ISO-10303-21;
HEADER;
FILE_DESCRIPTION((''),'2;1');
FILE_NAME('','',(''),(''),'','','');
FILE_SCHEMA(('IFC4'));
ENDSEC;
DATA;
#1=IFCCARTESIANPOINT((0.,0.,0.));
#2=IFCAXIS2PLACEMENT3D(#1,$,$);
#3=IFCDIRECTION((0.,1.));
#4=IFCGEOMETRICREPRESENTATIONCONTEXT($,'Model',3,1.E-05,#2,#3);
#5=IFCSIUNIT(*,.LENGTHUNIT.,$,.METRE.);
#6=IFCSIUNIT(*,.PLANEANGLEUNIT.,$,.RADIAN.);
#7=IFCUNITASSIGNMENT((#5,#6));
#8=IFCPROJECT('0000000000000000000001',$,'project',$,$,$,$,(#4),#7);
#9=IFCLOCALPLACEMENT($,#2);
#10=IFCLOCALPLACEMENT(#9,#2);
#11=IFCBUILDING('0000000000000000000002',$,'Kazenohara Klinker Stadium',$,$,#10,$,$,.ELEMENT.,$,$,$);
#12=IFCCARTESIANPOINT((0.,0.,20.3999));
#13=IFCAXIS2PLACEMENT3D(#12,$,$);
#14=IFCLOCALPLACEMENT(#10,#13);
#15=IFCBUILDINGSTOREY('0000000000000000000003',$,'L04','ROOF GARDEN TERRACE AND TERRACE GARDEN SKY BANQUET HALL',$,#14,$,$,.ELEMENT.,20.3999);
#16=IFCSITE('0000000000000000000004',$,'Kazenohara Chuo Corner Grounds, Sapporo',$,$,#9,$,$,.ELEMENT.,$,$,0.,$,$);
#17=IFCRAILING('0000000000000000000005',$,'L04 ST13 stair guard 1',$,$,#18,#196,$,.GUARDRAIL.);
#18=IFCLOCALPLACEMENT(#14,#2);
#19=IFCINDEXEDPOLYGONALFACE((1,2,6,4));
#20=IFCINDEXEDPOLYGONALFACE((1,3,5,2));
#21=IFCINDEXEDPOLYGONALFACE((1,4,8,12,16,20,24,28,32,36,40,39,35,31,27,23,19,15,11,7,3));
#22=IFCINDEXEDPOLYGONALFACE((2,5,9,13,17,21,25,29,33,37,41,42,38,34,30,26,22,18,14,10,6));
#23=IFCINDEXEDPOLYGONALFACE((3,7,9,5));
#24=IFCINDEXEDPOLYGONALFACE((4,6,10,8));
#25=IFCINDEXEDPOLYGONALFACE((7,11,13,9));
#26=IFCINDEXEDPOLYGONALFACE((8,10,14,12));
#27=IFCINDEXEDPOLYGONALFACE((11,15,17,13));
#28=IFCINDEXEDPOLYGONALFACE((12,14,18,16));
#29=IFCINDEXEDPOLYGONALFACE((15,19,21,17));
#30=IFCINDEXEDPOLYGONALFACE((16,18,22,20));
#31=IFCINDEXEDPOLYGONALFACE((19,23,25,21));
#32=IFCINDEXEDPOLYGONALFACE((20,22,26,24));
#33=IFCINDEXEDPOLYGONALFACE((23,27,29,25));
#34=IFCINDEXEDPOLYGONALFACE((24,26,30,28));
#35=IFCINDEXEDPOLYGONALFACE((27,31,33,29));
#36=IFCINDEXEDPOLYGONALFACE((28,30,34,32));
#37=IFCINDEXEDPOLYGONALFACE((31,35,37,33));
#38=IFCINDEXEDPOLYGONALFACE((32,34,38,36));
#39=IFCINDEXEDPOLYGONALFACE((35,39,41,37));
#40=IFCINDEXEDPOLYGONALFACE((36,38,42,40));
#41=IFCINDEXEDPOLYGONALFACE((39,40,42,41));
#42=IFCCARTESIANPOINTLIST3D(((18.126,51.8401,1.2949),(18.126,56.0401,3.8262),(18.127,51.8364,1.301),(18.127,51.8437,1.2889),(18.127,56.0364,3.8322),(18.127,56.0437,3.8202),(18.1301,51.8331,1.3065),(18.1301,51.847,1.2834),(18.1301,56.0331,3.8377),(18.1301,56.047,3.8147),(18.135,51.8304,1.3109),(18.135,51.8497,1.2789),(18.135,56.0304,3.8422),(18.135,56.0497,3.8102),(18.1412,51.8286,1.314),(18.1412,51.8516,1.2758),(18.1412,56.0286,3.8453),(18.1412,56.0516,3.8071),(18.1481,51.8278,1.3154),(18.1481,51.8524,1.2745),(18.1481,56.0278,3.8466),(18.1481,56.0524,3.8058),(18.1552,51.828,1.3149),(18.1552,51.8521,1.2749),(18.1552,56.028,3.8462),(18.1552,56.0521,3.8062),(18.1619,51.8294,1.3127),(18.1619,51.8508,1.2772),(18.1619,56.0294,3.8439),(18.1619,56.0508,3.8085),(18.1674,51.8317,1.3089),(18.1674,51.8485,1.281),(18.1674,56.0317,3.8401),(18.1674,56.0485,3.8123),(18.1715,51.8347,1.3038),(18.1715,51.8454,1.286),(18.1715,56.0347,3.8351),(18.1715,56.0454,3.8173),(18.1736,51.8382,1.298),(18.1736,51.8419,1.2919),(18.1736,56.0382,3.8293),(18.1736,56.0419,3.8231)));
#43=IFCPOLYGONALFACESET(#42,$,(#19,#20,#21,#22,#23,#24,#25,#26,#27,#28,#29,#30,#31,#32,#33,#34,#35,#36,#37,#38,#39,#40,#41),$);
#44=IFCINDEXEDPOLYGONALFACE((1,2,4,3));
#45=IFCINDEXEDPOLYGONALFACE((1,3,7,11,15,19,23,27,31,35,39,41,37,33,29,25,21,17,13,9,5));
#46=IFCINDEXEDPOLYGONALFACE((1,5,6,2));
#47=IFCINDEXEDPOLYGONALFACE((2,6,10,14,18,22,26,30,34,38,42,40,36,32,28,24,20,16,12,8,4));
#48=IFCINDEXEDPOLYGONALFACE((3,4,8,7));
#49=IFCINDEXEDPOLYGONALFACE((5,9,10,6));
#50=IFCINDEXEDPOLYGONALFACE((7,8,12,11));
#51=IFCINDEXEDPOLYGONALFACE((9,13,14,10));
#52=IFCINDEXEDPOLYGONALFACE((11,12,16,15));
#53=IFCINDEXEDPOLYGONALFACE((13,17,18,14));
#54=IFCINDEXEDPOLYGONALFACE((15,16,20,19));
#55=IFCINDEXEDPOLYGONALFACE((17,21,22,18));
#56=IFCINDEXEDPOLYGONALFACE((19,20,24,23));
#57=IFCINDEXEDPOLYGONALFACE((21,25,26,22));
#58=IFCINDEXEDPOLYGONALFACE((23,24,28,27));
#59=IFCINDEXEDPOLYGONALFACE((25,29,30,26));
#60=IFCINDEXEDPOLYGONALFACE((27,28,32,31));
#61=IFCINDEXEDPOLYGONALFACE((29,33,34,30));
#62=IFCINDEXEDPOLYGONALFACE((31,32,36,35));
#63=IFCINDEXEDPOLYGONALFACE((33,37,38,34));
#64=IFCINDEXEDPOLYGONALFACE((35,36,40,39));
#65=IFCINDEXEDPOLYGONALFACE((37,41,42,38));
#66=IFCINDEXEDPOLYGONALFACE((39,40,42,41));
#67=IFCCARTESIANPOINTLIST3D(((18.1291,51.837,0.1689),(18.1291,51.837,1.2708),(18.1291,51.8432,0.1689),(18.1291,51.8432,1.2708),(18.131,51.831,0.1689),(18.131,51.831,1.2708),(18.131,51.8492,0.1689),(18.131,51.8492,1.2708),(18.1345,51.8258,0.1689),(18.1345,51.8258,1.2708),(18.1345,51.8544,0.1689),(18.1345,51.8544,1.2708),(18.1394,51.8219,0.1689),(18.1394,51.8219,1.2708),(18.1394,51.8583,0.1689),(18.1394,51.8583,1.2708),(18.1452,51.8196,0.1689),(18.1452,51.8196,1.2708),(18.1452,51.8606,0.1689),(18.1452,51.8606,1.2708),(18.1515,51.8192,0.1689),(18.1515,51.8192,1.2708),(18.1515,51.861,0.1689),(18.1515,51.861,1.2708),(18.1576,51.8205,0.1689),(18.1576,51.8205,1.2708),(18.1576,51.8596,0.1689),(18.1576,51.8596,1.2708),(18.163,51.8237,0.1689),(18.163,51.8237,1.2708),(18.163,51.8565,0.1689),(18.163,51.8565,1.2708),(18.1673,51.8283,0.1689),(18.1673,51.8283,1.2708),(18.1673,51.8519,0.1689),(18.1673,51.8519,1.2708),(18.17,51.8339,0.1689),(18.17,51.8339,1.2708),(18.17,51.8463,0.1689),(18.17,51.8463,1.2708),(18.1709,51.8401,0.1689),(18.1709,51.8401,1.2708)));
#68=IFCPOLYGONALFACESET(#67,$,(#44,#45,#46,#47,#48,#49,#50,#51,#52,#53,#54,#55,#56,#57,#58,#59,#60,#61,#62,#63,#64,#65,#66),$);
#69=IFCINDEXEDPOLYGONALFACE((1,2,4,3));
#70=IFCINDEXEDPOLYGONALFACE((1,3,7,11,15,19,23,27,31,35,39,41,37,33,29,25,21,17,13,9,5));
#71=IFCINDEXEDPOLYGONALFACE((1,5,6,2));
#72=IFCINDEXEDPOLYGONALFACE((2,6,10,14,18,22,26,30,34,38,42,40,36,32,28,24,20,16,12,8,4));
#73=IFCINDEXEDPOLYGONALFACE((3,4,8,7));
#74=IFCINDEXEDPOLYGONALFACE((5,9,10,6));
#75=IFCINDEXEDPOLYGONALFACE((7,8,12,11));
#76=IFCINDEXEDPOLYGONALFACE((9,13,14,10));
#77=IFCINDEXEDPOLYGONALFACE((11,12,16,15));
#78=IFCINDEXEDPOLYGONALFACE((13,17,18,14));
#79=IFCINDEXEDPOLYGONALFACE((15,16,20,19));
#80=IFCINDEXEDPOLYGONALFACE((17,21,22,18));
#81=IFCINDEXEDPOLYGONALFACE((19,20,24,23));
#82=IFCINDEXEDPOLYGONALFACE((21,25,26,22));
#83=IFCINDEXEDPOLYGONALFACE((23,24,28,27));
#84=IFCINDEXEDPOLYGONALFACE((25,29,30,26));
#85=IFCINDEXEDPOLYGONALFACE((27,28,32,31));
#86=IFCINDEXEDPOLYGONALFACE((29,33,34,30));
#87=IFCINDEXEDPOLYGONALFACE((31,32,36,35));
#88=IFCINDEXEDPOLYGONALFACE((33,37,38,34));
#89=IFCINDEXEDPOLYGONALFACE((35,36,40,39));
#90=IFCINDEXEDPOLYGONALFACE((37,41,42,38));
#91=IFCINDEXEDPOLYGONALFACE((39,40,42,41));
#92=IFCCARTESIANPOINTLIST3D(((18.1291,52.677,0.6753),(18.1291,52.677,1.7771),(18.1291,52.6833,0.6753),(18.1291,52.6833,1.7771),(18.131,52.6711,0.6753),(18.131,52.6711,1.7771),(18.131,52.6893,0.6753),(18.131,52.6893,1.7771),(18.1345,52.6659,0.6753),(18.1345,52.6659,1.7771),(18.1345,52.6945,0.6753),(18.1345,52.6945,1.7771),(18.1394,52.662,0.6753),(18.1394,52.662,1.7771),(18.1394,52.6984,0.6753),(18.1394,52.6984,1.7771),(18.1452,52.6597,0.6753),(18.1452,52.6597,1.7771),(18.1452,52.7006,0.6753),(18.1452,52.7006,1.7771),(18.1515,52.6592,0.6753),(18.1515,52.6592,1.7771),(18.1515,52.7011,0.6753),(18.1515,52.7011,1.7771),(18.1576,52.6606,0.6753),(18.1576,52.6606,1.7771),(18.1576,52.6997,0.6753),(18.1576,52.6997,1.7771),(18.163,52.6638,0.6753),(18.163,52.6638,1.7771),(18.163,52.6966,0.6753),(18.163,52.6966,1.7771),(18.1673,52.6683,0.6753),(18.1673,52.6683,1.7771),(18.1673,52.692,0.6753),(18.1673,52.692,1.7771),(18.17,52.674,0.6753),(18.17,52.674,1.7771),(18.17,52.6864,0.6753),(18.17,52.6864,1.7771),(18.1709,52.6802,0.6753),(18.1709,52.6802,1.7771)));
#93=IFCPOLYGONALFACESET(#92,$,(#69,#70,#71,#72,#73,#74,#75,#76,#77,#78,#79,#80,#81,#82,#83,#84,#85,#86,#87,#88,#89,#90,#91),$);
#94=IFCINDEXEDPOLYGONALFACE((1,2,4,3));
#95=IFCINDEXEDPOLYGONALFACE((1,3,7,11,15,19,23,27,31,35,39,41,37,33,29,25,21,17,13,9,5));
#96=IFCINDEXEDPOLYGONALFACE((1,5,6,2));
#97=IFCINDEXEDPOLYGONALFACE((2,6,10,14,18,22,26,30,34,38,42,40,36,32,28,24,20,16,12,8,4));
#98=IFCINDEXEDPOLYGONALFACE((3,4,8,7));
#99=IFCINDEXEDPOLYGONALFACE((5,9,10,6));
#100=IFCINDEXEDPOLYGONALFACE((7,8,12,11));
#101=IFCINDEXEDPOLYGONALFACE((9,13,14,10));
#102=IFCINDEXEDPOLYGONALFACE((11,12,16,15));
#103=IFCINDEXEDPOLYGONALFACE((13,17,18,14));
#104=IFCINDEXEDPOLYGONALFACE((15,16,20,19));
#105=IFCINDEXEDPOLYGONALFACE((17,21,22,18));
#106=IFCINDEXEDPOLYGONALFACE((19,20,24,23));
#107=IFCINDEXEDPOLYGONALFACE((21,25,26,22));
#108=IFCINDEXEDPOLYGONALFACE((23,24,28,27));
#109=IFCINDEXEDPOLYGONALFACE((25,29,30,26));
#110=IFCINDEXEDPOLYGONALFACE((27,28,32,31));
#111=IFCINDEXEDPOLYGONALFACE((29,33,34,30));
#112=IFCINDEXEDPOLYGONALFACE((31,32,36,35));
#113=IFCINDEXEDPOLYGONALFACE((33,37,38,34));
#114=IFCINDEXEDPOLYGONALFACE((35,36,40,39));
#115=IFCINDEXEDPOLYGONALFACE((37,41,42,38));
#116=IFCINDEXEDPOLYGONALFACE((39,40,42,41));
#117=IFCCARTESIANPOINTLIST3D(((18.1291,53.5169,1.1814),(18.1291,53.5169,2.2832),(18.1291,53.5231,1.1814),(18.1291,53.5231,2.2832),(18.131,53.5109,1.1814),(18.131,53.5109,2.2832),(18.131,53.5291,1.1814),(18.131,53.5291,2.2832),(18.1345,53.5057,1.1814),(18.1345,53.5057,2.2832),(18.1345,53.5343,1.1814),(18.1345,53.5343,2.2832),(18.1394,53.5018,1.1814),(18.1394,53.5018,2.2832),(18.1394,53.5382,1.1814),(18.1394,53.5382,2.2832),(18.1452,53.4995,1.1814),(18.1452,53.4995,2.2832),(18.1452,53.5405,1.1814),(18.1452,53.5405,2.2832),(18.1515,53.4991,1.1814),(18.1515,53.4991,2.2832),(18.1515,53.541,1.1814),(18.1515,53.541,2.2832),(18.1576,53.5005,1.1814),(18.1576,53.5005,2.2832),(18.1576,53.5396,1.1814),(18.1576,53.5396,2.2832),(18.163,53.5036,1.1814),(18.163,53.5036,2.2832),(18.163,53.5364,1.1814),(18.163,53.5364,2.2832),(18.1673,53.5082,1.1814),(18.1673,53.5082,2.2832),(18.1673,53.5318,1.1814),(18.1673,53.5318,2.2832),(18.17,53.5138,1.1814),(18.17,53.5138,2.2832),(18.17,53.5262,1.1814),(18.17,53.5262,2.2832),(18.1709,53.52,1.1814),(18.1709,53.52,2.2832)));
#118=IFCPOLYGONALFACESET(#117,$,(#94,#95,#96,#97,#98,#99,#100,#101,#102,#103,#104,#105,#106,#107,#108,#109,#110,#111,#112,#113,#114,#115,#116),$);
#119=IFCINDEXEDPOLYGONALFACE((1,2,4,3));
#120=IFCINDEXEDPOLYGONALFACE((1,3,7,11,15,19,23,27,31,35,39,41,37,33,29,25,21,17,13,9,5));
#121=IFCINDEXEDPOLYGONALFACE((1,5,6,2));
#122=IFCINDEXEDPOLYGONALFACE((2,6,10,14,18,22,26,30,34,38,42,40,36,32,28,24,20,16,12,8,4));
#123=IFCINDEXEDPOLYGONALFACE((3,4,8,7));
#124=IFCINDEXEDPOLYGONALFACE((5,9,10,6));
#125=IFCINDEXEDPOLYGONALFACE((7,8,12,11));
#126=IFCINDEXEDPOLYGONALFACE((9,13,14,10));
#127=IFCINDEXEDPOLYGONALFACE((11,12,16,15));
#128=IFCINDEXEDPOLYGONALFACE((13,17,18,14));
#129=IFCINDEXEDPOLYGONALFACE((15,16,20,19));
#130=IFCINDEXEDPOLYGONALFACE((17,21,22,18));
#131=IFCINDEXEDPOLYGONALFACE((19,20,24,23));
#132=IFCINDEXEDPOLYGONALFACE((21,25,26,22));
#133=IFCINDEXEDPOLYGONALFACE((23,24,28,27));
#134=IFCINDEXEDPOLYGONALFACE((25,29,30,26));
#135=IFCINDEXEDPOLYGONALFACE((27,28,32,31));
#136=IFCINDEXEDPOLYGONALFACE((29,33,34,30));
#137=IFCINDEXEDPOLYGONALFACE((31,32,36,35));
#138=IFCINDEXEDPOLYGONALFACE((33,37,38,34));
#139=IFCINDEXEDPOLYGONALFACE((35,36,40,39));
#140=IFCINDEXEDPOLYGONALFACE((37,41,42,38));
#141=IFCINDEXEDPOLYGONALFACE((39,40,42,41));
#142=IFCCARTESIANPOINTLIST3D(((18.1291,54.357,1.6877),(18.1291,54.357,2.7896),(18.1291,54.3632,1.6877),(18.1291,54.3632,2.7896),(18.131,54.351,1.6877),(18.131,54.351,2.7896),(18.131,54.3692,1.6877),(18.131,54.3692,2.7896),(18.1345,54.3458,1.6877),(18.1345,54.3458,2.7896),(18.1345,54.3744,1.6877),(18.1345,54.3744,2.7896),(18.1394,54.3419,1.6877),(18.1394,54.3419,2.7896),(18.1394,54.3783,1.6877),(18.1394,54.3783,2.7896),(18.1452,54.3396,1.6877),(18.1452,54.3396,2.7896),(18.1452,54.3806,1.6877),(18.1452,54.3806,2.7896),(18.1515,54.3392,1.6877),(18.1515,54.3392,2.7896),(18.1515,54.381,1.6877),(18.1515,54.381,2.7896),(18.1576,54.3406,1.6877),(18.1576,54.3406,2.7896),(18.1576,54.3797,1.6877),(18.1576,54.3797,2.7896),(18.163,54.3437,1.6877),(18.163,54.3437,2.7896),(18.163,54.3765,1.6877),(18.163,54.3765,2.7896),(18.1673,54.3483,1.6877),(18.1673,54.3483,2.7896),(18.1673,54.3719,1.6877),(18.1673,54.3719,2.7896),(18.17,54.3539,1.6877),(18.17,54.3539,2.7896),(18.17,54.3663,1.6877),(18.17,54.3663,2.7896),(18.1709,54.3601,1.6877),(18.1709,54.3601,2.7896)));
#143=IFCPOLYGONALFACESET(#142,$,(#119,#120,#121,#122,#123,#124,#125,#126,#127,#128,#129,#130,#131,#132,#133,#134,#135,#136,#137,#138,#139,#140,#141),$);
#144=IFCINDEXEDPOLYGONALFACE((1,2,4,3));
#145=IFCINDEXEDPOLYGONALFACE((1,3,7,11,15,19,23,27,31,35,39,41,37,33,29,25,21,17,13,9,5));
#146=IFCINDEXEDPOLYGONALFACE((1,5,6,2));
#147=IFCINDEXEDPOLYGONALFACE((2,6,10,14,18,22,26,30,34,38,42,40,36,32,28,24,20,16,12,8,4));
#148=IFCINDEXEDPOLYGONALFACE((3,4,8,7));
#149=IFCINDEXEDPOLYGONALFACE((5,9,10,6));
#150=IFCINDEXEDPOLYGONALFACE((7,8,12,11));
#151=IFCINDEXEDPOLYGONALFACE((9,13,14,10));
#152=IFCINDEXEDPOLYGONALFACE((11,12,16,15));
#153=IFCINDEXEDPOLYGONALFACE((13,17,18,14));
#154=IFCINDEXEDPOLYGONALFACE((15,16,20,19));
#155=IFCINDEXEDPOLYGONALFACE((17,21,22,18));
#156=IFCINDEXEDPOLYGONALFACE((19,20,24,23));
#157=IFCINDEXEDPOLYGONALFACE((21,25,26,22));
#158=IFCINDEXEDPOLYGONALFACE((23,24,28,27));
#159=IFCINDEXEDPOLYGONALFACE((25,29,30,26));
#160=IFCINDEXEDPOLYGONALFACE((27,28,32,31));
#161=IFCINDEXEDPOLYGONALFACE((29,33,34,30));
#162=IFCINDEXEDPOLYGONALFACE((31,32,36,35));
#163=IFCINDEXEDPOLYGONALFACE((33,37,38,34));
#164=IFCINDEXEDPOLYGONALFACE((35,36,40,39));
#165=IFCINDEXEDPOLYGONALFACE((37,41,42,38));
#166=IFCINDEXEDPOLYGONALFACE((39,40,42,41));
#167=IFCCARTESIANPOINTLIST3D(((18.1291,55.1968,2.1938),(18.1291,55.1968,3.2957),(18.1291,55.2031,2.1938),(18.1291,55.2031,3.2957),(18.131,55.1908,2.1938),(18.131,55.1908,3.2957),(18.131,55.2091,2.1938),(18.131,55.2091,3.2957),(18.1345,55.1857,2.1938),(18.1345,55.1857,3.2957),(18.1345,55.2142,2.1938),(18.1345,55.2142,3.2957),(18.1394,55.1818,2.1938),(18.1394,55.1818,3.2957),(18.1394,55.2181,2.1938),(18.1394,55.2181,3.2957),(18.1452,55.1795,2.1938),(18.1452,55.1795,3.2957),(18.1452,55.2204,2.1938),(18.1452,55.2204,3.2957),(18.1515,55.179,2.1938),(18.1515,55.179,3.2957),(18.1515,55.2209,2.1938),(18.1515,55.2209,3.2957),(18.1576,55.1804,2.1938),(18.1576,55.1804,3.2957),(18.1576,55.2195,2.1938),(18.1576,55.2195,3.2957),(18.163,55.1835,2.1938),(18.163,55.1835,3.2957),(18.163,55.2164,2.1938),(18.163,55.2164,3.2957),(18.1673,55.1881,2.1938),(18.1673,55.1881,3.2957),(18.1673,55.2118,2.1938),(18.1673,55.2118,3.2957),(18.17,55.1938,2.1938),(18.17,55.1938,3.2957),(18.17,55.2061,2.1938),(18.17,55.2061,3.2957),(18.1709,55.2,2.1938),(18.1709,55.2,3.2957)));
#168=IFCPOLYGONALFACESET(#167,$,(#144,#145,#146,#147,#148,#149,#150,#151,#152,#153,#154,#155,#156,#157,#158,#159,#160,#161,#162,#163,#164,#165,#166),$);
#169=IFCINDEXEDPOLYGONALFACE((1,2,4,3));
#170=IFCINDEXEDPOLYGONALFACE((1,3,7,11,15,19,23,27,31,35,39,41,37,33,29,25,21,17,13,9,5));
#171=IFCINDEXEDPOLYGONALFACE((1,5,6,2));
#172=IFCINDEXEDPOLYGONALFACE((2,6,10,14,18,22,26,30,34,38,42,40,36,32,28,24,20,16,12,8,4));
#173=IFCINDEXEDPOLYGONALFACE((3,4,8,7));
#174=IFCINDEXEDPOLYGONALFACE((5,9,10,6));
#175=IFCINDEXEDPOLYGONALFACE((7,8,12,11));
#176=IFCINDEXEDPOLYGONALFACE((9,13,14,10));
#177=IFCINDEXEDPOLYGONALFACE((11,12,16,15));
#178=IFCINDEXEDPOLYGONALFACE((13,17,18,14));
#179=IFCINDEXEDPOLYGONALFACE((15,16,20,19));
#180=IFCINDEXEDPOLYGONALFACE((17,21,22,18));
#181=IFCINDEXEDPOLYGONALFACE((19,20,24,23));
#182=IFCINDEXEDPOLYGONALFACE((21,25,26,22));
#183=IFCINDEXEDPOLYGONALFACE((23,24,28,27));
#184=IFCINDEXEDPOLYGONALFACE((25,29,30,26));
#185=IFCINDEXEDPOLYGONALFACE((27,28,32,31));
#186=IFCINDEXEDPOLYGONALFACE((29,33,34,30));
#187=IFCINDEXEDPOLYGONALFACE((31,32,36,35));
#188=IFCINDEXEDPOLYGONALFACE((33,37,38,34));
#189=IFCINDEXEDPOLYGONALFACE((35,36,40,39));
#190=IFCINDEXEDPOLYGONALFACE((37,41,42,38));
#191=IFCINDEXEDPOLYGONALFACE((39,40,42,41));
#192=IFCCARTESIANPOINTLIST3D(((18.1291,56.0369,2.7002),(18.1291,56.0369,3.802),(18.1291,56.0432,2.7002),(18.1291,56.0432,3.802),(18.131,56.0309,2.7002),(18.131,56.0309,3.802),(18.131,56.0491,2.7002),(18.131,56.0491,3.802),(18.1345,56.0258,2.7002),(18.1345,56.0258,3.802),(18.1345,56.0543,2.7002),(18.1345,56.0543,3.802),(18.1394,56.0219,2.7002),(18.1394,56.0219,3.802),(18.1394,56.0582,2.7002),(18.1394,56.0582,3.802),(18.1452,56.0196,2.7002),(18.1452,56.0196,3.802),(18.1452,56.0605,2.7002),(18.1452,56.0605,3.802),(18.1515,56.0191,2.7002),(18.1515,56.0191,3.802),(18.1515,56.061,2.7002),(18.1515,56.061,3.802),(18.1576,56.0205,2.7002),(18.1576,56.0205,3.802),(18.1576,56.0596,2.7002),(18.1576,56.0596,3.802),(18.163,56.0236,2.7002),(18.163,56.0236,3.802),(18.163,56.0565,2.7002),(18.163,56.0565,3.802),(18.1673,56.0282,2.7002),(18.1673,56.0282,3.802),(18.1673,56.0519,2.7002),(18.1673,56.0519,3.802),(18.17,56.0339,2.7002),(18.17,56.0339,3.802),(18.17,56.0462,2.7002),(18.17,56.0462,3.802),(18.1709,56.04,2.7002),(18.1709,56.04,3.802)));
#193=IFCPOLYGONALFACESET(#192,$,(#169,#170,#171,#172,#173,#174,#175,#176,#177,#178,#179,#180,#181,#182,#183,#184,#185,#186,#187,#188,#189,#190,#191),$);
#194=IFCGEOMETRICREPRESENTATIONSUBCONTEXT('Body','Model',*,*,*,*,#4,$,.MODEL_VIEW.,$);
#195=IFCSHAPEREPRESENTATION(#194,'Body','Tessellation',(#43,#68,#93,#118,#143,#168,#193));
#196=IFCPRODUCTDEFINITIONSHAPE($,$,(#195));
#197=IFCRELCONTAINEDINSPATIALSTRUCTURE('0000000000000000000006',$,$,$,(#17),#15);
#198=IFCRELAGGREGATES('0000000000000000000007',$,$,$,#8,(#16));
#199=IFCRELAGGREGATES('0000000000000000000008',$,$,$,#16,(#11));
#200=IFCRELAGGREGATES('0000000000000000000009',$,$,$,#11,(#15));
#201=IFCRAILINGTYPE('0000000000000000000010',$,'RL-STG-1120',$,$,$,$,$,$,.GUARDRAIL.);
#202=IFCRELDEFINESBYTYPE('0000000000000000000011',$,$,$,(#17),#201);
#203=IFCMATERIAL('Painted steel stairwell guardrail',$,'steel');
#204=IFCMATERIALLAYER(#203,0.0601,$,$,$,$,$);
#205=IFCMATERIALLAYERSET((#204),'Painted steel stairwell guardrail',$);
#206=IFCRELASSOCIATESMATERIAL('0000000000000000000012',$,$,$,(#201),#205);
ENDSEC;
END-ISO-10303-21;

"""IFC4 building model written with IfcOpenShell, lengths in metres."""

from ifc_helpers import new_model, si_unit, direction, frame, origin, origin_2d, place, context, subcontext, project, spatial, circle, extrude, material, layer, layer_set, type_object, element, save


model = new_model("IFC4")

# Units and contexts
model_context = context("Model", 3, precision=1e-05, world=origin(), true_north=direction((0.0, 1.0)))
body_context = subcontext(model_context, "Body", "Model", "MODEL_VIEW")
ifc_project = project(units=[si_unit("LENGTHUNIT", "METRE"), si_unit("PLANEANGLEUNIT", "RADIAN")], contexts=[model_context])

# Site, building, storey
site_placement = place(None, origin())
site = spatial("IfcSite", under=ifc_project, at=site_placement, Name="Kazenohara Chuo Corner Grounds, Sapporo", CompositionType="ELEMENT", RefElevation=0.0)
building_placement = place(site_placement, origin())
building = spatial("IfcBuilding", under=site, at=building_placement, Name="Kazenohara Klinker Stadium", CompositionType="ELEMENT")
storey_placement = place(building_placement, frame((0.0, 0.0, 20.3999)))
storey = spatial("IfcBuildingStorey", under=building, at=storey_placement, Name="L04", Description="ROOF GARDEN TERRACE AND TERRACE GARDEN SKY BANQUET HALL", CompositionType="ELEMENT", Elevation=20.3999)

# Railing
ifc_material_1 = material(Name="Painted steel stairwell guardrail", Category="steel")
ifc_layer_1 = layer(ifc_material_1, 0.0601)
ifc_layer_set_1 = layer_set([ifc_layer_1], Name="Painted steel stairwell guardrail")
railing_type_1 = type_object("IfcRailingType", Name="RL-STG-1120", PredefinedType="GUARDRAIL", material=ifc_layer_set_1)
railing_1_placement = place(storey_placement, frame((18.1499, 51.8401, 0.1689)))
element("IfcRailing", 1, at=railing_1_placement, inside=storey, type_object=railing_type_1, Name="L04 ST13 stair guard 1", PredefinedType="GUARDRAIL", context=body_context, shape_type="SweptSolid", body=[
    extrude(circle(Radius=0.0239, at=origin_2d()), frame((0.0, 0.0, 1.126), z_axis=(0.0, 0.856476, 0.516186), x_axis=(-1.0, 0.0, 0.0)), (0.0, 0.0, 1.0), 4.9038),
    extrude(circle(Radius=0.021, at=origin_2d()), origin(), (0.0, 0.0, 1.0), 1.1018),
    extrude(circle(Radius=0.021, at=origin_2d()), frame((0.0, 0.8401, 0.5063)), (0.0, 0.0, 1.0), 1.1018),
    extrude(circle(Radius=0.021, at=origin_2d()), frame((0.0, 1.6799, 1.0125)), (0.0, 0.0, 1.0), 1.1018),
    extrude(circle(Radius=0.021, at=origin_2d()), frame((0.0, 2.52, 1.5188)), (0.0, 0.0, 1.0), 1.1018),
    extrude(circle(Radius=0.021, at=origin_2d()), frame((0.0, 3.3599, 2.0249)), (0.0, 0.0, 1.0), 1.1018),
    extrude(circle(Radius=0.021, at=origin_2d()), frame((0.0, 4.2, 2.5312)), (0.0, 0.0, 1.0), 1.1018),
])

save(model, "model.ifc")
